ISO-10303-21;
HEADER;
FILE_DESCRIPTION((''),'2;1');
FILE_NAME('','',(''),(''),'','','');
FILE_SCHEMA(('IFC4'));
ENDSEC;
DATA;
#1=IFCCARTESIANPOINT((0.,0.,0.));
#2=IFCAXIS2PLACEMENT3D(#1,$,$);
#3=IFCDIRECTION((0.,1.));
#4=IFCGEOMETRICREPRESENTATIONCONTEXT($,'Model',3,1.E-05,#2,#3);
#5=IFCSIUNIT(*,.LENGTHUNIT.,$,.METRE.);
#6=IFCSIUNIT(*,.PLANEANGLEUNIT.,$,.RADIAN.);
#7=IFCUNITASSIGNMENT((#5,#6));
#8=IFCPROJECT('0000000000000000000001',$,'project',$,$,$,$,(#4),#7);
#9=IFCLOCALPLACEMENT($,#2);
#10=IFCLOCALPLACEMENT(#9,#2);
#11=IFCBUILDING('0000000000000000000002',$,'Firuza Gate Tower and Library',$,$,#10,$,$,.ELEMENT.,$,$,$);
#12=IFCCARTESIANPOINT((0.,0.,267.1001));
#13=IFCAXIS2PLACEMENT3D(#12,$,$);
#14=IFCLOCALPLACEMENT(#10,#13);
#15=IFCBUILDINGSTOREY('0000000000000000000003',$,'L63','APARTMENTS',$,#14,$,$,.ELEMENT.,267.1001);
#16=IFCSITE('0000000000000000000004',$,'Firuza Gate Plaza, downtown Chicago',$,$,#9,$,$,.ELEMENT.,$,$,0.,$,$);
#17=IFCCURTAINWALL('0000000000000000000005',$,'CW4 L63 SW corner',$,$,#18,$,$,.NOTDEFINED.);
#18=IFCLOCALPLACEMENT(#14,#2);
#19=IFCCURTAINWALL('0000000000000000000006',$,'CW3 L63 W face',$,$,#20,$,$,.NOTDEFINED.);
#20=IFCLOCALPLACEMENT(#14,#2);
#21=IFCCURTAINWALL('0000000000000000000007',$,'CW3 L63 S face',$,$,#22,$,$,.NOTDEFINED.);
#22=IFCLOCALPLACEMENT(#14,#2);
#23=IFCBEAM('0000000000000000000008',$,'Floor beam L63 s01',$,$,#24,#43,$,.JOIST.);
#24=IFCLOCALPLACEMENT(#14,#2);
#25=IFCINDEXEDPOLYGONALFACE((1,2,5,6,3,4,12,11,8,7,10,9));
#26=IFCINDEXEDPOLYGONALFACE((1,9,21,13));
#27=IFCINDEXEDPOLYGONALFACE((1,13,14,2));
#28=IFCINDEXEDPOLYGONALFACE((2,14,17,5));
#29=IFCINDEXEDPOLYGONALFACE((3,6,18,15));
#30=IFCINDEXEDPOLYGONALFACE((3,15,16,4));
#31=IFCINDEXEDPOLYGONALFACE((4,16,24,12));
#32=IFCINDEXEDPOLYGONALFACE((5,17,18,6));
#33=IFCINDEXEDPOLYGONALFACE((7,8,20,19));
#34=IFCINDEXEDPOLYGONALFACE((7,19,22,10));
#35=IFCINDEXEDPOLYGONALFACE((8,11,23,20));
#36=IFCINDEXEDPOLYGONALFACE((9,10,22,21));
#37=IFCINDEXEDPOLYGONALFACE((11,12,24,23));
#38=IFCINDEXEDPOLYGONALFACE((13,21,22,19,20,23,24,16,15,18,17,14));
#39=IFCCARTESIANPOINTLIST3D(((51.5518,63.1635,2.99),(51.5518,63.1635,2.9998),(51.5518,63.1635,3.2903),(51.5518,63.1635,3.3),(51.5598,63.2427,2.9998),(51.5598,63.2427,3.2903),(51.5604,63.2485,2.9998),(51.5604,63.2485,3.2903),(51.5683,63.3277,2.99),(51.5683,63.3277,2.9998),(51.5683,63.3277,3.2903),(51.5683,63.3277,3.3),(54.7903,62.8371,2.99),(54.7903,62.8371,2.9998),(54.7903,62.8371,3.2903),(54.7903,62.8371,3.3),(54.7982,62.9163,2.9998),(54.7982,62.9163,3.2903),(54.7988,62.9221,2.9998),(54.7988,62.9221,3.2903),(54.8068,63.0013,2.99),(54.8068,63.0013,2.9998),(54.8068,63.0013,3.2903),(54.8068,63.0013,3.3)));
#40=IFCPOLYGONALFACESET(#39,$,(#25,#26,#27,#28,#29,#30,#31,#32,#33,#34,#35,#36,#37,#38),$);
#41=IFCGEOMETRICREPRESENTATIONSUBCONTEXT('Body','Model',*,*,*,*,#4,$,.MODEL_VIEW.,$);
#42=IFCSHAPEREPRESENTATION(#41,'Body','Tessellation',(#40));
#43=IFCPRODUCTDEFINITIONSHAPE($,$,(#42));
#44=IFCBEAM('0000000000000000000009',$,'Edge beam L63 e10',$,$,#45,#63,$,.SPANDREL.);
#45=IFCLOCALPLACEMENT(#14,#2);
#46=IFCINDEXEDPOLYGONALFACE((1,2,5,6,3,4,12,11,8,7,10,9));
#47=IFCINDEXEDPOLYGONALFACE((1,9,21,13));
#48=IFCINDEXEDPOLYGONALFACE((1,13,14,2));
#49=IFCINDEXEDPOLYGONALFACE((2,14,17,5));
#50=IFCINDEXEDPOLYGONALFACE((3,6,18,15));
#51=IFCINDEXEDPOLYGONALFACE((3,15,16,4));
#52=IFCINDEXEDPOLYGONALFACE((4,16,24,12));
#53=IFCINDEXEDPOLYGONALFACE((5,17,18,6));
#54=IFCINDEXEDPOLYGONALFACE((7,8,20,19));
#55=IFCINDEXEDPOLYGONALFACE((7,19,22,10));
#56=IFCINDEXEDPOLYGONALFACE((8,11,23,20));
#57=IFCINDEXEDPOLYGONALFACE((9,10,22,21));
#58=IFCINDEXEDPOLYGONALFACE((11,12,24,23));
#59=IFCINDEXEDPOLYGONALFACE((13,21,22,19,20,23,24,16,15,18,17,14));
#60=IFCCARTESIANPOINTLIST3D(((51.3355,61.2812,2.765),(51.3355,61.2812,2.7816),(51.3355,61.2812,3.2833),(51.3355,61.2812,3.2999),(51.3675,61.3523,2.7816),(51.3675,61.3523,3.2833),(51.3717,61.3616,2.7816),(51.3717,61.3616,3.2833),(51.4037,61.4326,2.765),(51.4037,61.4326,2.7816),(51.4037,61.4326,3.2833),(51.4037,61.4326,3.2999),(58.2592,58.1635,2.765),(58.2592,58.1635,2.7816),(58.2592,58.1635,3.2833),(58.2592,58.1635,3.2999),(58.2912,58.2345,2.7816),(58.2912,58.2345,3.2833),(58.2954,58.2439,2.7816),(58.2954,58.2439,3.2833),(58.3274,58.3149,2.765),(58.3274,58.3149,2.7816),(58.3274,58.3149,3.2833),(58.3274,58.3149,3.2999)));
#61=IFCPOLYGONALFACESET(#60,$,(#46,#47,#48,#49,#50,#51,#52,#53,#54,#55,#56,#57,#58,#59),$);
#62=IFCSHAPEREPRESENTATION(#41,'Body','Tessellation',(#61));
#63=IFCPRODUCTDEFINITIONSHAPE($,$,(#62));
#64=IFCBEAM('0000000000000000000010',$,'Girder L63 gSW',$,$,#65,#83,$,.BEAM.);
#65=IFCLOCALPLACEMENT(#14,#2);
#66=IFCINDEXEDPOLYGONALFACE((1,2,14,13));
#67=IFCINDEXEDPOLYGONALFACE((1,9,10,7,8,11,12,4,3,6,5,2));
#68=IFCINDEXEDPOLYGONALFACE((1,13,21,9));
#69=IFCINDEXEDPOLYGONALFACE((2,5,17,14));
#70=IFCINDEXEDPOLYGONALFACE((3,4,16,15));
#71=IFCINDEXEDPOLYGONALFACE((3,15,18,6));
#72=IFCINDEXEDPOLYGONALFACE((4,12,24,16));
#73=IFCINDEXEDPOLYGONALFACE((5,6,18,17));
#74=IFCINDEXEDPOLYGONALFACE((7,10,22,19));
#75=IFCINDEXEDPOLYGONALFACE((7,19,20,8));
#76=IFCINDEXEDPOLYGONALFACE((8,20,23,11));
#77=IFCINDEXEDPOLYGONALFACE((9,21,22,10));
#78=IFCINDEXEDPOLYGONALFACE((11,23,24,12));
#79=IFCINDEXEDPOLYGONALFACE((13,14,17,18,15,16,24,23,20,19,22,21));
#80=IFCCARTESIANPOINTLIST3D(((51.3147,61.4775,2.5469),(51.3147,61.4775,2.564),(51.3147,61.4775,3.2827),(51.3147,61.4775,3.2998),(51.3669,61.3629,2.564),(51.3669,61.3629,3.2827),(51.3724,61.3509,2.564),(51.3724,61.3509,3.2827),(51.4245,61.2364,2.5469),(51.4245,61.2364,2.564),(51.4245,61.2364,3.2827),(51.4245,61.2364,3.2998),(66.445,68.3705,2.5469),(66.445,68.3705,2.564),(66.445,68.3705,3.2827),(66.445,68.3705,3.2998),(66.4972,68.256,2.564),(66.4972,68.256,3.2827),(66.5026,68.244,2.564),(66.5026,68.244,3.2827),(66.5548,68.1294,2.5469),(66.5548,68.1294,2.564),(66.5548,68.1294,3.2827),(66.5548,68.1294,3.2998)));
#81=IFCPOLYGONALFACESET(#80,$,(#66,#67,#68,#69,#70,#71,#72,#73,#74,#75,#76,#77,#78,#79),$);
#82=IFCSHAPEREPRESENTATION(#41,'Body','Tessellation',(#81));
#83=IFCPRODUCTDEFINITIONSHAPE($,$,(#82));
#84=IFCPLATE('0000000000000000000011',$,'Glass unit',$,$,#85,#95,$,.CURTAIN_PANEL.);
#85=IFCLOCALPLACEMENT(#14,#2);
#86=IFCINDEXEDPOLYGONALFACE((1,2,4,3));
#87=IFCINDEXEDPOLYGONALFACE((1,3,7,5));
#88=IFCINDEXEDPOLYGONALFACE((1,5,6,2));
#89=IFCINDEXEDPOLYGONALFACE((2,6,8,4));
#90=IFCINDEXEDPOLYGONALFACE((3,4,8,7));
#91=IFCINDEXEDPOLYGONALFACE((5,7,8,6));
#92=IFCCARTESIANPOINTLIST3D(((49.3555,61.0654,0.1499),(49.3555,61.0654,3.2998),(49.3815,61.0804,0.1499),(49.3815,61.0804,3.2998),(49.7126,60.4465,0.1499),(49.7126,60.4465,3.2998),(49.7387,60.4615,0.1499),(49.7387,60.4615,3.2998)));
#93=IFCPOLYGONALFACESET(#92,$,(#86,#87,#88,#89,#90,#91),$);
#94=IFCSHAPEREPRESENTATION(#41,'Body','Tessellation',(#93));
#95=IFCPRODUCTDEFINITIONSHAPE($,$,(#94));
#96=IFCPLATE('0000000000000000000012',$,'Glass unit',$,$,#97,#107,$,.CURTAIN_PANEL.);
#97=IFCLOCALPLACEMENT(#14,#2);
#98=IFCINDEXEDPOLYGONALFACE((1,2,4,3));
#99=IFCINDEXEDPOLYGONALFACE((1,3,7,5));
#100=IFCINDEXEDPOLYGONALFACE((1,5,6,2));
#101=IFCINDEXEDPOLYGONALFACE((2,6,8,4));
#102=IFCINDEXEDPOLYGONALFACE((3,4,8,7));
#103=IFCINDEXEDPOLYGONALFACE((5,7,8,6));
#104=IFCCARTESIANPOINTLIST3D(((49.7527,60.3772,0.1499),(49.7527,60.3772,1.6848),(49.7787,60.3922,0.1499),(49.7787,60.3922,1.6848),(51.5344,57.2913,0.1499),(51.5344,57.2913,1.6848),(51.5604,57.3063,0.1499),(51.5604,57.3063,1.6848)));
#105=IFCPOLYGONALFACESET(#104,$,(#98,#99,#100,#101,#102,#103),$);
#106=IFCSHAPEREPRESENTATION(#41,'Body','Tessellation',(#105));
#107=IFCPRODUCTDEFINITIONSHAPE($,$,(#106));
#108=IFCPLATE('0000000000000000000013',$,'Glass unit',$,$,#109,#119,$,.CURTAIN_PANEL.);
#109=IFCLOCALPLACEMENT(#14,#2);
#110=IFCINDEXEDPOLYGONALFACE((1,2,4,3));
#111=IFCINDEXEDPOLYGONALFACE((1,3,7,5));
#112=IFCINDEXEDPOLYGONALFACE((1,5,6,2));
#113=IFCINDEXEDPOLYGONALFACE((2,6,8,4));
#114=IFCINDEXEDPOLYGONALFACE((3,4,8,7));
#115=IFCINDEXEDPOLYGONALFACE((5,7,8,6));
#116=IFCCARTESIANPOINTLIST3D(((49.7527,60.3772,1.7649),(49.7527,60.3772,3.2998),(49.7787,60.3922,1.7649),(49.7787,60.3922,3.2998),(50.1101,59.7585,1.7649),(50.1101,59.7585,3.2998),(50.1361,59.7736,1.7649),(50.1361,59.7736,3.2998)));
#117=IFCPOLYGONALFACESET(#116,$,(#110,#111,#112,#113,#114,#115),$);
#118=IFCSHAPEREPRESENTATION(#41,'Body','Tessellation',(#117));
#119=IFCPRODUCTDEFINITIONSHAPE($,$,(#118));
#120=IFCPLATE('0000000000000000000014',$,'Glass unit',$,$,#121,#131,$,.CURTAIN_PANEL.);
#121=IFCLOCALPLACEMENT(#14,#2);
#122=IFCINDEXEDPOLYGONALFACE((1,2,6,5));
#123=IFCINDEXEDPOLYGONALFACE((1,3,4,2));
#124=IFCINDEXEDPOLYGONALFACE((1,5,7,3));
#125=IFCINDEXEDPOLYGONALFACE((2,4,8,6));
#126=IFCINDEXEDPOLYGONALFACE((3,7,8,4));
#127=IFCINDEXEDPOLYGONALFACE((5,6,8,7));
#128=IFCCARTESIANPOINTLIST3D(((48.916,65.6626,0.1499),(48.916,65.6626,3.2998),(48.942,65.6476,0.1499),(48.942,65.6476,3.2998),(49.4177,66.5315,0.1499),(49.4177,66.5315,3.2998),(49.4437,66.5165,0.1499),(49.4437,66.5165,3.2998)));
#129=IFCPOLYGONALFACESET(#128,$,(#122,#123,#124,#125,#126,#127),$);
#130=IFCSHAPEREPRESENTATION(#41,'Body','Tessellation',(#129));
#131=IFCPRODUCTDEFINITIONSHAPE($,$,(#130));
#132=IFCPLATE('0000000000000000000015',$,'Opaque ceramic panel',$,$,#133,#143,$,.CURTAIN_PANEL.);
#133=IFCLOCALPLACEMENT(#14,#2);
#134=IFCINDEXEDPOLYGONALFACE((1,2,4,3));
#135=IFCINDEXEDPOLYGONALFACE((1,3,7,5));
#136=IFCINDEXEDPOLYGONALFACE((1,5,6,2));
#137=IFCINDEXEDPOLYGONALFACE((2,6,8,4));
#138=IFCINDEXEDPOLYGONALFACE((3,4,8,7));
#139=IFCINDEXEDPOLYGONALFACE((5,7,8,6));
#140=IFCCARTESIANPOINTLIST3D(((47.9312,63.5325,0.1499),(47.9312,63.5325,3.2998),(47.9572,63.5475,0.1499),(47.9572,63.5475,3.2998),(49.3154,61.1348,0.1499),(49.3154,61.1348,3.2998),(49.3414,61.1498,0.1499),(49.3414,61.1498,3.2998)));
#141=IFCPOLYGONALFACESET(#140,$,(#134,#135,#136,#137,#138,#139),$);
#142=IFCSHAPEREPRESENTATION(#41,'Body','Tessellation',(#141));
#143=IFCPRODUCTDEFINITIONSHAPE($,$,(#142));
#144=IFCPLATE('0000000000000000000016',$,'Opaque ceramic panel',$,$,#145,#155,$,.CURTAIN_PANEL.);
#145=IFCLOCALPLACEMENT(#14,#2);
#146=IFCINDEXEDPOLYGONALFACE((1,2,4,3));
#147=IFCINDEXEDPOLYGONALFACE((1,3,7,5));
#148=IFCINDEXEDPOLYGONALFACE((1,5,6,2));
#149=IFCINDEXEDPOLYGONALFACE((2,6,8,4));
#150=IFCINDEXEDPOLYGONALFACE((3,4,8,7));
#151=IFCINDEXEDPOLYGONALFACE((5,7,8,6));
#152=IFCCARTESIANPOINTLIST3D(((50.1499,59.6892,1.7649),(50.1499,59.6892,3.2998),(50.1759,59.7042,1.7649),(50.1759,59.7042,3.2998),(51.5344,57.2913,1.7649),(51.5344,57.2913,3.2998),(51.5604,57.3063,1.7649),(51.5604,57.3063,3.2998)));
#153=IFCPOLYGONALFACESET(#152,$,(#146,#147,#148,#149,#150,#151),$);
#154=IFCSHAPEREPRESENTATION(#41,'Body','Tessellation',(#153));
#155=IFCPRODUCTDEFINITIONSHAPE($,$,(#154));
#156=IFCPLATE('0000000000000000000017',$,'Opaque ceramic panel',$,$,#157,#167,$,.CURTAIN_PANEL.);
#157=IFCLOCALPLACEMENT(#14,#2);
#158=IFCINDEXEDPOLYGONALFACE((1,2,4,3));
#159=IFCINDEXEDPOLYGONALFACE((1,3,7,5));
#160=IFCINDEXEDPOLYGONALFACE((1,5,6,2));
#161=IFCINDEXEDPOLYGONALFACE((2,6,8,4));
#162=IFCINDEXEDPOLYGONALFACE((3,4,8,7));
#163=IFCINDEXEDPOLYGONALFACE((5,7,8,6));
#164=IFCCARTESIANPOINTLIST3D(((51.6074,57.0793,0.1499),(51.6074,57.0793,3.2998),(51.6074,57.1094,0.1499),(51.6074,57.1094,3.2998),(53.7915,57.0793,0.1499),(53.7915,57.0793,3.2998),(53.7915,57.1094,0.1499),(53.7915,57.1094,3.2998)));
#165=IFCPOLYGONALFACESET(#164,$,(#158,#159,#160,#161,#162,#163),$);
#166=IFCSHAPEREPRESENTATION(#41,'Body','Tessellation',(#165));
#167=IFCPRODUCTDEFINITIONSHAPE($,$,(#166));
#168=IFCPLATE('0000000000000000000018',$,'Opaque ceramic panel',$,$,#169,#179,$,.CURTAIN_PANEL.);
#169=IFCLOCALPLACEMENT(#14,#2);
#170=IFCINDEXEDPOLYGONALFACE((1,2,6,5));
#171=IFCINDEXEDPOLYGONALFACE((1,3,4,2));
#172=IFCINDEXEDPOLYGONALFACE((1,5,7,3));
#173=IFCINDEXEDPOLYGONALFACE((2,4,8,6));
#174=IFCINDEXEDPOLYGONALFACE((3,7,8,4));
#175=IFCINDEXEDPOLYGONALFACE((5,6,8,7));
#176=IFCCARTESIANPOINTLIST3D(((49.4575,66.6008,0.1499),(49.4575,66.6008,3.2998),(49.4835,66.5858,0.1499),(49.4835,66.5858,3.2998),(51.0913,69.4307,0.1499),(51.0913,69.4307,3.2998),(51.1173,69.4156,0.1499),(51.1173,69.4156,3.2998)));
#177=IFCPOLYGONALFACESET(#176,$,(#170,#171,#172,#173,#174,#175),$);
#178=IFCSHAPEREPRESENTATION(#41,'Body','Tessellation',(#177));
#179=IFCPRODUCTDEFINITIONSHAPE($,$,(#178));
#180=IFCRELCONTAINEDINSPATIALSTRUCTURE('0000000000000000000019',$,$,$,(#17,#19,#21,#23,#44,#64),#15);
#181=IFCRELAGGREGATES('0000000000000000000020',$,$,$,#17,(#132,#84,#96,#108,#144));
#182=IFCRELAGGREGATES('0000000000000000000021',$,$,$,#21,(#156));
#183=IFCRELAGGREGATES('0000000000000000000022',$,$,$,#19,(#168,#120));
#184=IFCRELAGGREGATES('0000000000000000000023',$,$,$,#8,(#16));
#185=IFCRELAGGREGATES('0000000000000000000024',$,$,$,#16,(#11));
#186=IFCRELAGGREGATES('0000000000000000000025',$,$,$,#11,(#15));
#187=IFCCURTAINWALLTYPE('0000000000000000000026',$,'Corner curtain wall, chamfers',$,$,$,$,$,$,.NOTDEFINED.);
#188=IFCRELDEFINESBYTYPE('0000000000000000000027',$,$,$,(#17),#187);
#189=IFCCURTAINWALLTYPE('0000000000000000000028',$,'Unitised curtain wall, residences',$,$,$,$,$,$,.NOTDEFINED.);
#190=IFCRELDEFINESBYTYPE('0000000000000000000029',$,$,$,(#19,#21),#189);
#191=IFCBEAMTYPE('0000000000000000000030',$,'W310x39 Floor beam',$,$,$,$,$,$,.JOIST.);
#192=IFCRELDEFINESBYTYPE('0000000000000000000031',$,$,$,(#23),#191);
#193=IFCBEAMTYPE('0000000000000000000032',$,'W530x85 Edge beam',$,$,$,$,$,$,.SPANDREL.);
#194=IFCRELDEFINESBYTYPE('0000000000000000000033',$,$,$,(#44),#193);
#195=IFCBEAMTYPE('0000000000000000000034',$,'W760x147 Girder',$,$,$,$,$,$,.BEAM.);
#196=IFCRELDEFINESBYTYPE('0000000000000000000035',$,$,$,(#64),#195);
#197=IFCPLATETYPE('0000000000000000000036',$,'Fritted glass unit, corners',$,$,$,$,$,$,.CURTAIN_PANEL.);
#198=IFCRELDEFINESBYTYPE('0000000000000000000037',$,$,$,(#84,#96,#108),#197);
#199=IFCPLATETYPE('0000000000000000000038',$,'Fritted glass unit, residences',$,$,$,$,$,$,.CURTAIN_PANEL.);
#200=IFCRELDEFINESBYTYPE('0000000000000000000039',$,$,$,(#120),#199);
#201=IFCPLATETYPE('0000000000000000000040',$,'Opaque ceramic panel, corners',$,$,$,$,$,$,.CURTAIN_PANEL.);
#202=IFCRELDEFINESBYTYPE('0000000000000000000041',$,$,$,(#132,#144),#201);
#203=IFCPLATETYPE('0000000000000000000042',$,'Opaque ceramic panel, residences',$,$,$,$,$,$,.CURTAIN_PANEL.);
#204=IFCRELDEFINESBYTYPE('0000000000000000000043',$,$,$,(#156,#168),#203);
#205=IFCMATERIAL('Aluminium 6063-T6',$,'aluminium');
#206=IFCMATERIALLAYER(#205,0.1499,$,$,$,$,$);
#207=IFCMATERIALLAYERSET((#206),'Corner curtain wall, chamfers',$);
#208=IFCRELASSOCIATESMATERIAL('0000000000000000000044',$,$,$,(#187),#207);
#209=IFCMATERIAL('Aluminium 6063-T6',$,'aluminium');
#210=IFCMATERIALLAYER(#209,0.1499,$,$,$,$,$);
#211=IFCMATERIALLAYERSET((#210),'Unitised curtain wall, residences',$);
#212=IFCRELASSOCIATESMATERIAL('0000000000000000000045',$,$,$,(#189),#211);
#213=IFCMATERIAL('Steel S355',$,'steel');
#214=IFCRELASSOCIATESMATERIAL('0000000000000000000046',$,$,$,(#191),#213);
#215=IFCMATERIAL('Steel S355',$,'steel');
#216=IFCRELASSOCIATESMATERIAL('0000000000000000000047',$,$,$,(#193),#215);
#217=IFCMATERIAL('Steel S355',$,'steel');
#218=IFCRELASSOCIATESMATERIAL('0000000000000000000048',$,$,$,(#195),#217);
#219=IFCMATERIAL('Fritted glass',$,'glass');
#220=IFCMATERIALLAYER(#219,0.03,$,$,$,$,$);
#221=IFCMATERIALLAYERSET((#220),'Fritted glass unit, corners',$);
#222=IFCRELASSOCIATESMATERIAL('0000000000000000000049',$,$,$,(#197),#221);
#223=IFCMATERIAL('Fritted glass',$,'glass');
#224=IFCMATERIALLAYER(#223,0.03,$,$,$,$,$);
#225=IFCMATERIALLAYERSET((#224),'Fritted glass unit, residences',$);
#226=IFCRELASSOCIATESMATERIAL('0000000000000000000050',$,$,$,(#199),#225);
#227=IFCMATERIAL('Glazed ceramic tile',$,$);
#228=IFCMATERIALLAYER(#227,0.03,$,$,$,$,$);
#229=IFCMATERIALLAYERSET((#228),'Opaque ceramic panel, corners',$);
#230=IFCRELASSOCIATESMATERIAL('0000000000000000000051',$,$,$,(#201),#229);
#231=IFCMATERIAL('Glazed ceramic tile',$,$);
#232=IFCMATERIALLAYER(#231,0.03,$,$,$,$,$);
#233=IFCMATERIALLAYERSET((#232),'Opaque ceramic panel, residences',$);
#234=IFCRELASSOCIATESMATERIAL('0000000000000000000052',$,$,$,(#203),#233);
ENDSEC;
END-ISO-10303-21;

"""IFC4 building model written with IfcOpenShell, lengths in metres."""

from ifc_helpers import new_model, si_unit, direction, frame, origin, origin_2d, place, context, subcontext, project, spatial, polyline, i_section, outline, extrude, material, layer, layer_set, material_profile, profile_set, type_object, element, aggregate, save


model = new_model("IFC4")

# Units and contexts
model_context = context("Model", 3, precision=1e-05, world=origin(), true_north=direction((0.0, 1.0)))
body_context = subcontext(model_context, "Body", "Model", "MODEL_VIEW")
ifc_project = project(units=[si_unit("LENGTHUNIT", "METRE"), si_unit("PLANEANGLEUNIT", "RADIAN")], contexts=[model_context])

# Site, building, storey
site_placement = place(None, origin())
site = spatial("IfcSite", under=ifc_project, at=site_placement, Name="Firuza Gate Plaza, downtown Chicago", CompositionType="ELEMENT", RefElevation=0.0)
building_placement = place(site_placement, origin())
building = spatial("IfcBuilding", under=site, at=building_placement, Name="Firuza Gate Tower and Library", CompositionType="ELEMENT")
storey_placement = place(building_placement, frame((0.0, 0.0, 267.1001)))
storey = spatial("IfcBuildingStorey", under=building, at=storey_placement, Name="L63", Description="APARTMENTS", CompositionType="ELEMENT", Elevation=267.1001)

# Curtain walls
ifc_material_1 = material(Name="Aluminium 6063-T6", Category="aluminium")
ifc_layer_1 = layer(ifc_material_1, 0.1499)
ifc_layer_set_1 = layer_set([ifc_layer_1], Name="Corner curtain wall, chamfers")
curtain_wall_type_1 = type_object("IfcCurtainWallType", Name="Corner curtain wall, chamfers", PredefinedType="NOTDEFINED", material=ifc_layer_set_1)
placement_1 = place(storey_placement, origin())
curtain_wall_1 = element("IfcCurtainWall", 1, at=placement_1, inside=storey, type_object=curtain_wall_type_1, Name="CW4 L63 SW corner", PredefinedType="NOTDEFINED")
ifc_material_2 = material(Name="Aluminium 6063-T6", Category="aluminium")
ifc_layer_2 = layer(ifc_material_2, 0.1499)
ifc_layer_set_2 = layer_set([ifc_layer_2], Name="Unitised curtain wall, residences")
curtain_wall_type_2 = type_object("IfcCurtainWallType", Name="Unitised curtain wall, residences", PredefinedType="NOTDEFINED", material=ifc_layer_set_2)
curtain_wall_2 = element("IfcCurtainWall", 2, at=placement_1, inside=storey, type_object=curtain_wall_type_2, Name="CW3 L63 W face", PredefinedType="NOTDEFINED")

# Curtain wall
curtain_wall_3 = element("IfcCurtainWall", 3, at=placement_1, inside=storey, type_object=curtain_wall_type_2, Name="CW3 L63 S face", PredefinedType="NOTDEFINED")

# Beams
ifc_material_3 = material(Name="Steel S355", Category="steel")
ifc_material_profile_1 = material_profile(ifc_material_3, i_section(OverallWidth=0.165, OverallDepth=0.3101, WebThickness=0.0059, FlangeThickness=0.0098, at=origin_2d()))
ifc_profile_set_1 = profile_set([ifc_material_profile_1], Name="Steel S355")
beam_type_1 = type_object("IfcBeamType", Name="W310x39 Floor beam", PredefinedType="JOIST", material=ifc_profile_set_1)
beam_1_placement = place(storey_placement, frame((51.5601, 63.2456, 3.145), z_axis=(0.994959, -0.100283, 0.0), x_axis=(0.100283, 0.994959, 0.0)))
element("IfcBeam", 4, at=beam_1_placement, inside=storey, type_object=beam_type_1, Name="Floor beam L63 s01", PredefinedType="JOIST", context=body_context, shape_type="SweptSolid", body=[
    extrude(i_section(OverallWidth=0.165, OverallDepth=0.3101, WebThickness=0.0059, FlangeThickness=0.0098, at=origin_2d()), origin(), (0.0, 0.0, 1.0), 3.2549),
])
ifc_material_4 = material(Name="Steel S355", Category="steel")
ifc_material_profile_2 = material_profile(ifc_material_4, i_section(OverallWidth=0.166, OverallDepth=0.5349, WebThickness=0.0103, FlangeThickness=0.0166, at=origin_2d()))
ifc_profile_set_2 = profile_set([ifc_material_profile_2], Name="Steel S355")
beam_type_2 = type_object("IfcBeamType", Name="W530x85 Edge beam", PredefinedType="SPANDREL", material=ifc_profile_set_2)
beam_2_placement = place(storey_placement, frame((51.3696, 61.3569, 3.0325), z_axis=(0.91182, -0.410591, 0.0), x_axis=(0.410591, 0.91182, 0.0)))
element("IfcBeam", 5, at=beam_2_placement, inside=storey, type_object=beam_type_2, Name="Edge beam L63 e10", PredefinedType="SPANDREL", context=body_context, shape_type="SweptSolid", body=[
    extrude(i_section(OverallWidth=0.166, OverallDepth=0.5349, WebThickness=0.0103, FlangeThickness=0.0166, at=origin_2d()), origin(), (0.0, 0.0, 1.0), 7.5933),
])
ifc_material_5 = material(Name="Steel S355", Category="steel")
ifc_material_profile_3 = material_profile(ifc_material_5, i_section(OverallWidth=0.2649, OverallDepth=0.7529, WebThickness=0.0132, FlangeThickness=0.0171, at=origin_2d()))
ifc_profile_set_3 = profile_set([ifc_material_profile_3], Name="Steel S355")
beam_type_3 = type_object("IfcBeamType", Name="W760x147 Girder", PredefinedType="BEAM", material=ifc_profile_set_3)
beam_3_placement = place(storey_placement, frame((51.3696, 61.3569, 2.9233), z_axis=(0.910012, 0.414582, 0.0), x_axis=(-0.414582, 0.910012, 0.0)))
element("IfcBeam", 6, at=beam_3_placement, inside=storey, type_object=beam_type_3, Name="Girder L63 gSW", PredefinedType="BEAM", context=body_context, shape_type="SweptSolid", body=[
    extrude(i_section(OverallWidth=0.2649, OverallDepth=0.7529, WebThickness=0.0132, FlangeThickness=0.0171, at=origin_2d()), origin(), (0.0, 0.0, 1.0), 16.6265),
])

# Plates
ifc_material_6 = material(Name="Fritted glass", Category="glass")
ifc_layer_3 = layer(ifc_material_6, 0.03)
ifc_layer_set_3 = layer_set([ifc_layer_3], Name="Fritted glass unit, corners")
plate_type_1 = type_object("IfcPlateType", Name="Fritted glass unit, corners", PredefinedType="CURTAIN_PANEL", material=ifc_layer_set_3)
plate_1_placement = place(storey_placement, frame((49.3555, 61.0654, 0.1499), z_axis=(-0.866112, -0.499851, 0.0), x_axis=(0.499851, -0.866112, 0.0)))
plate_1 = element("IfcPlate", 7, at=plate_1_placement, type_object=plate_type_1, Name="Glass unit", PredefinedType="CURTAIN_PANEL", context=body_context, shape_type="SweptSolid", body=[
    extrude(outline(polyline([(0.0, 0.0), (0.7146, 0.0), (0.7146, 3.1499), (0.0, 3.1499), (0.0, 0.0)])), origin(), (0.0, 0.0, -1.0), 0.03),
])
plate_2_placement = place(storey_placement, frame((49.7527, 60.3772, 0.1499), z_axis=(-0.866017, -0.500015, 0.0), x_axis=(0.500015, -0.866017, 0.0)))
plate_2 = element("IfcPlate", 8, at=plate_2_placement, type_object=plate_type_1, Name="Glass unit", PredefinedType="CURTAIN_PANEL", context=body_context, shape_type="SweptSolid", body=[
    extrude(outline(polyline([(0.0, 0.0), (3.5634, 0.0), (3.5634, 1.5349), (0.0, 1.5349), (0.0, 0.0)])), origin(), (0.0, 0.0, -1.0), 0.03),
])
plate_3_placement = place(storey_placement, frame((49.7527, 60.3772, 1.7649), z_axis=(-0.865878, -0.500255, 0.0), x_axis=(0.500255, -0.865878, 0.0)))
plate_3 = element("IfcPlate", 9, at=plate_3_placement, type_object=plate_type_1, Name="Glass unit", PredefinedType="CURTAIN_PANEL", context=body_context, shape_type="SweptSolid", body=[
    extrude(outline(polyline([(0.0, 0.0), (0.7145, 0.0), (0.7145, 1.5349), (0.0, 1.5349), (0.0, 0.0)])), origin(), (0.0, 0.0, -1.0), 0.03),
])
ifc_material_7 = material(Name="Fritted glass", Category="glass")
ifc_layer_4 = layer(ifc_material_7, 0.03)
ifc_layer_set_4 = layer_set([ifc_layer_4], Name="Fritted glass unit, residences")
plate_type_2 = type_object("IfcPlateType", Name="Fritted glass unit, residences", PredefinedType="CURTAIN_PANEL", material=ifc_layer_set_4)
plate_4_placement = place(storey_placement, frame((49.4177, 66.5315, 0.1499), z_axis=(-0.866003, 0.500038, 0.0), x_axis=(-0.500038, -0.866003, 0.0)))
plate_4 = element("IfcPlate", 10, at=plate_4_placement, type_object=plate_type_2, Name="Glass unit", PredefinedType="CURTAIN_PANEL", context=body_context, shape_type="SweptSolid", body=[
    extrude(outline(polyline([(0.0, 0.0), (1.0033, 0.0), (1.0033, 3.1499), (0.0, 3.1499), (0.0, 0.0)])), origin(), (0.0, 0.0, -1.0), 0.03),
])
ifc_material_8 = material(Name="Glazed ceramic tile")
ifc_layer_5 = layer(ifc_material_8, 0.03)
ifc_layer_set_5 = layer_set([ifc_layer_5], Name="Opaque ceramic panel, corners")
plate_type_3 = type_object("IfcPlateType", Name="Opaque ceramic panel, corners", PredefinedType="CURTAIN_PANEL", material=ifc_layer_set_5)
plate_5_placement = place(storey_placement, frame((47.9312, 63.5325, 0.1499), z_axis=(-0.866031, -0.49999, 0.0), x_axis=(0.49999, -0.866031, 0.0)))
plate_5 = element("IfcPlate", 11, at=plate_5_placement, type_object=plate_type_3, Name="Opaque ceramic panel", PredefinedType="CURTAIN_PANEL", context=body_context, shape_type="SweptSolid", body=[
    extrude(outline(polyline([(0.0, 0.0), (2.7686, 0.0), (2.7686, 3.1499), (0.0, 3.1499), (0.0, 0.0)])), origin(), (0.0, 0.0, -1.0), 0.03),
])
plate_6_placement = place(storey_placement, frame((50.1499, 59.6892, 1.7649), z_axis=(-0.866015, -0.500018, 0.0), x_axis=(0.500018, -0.866015, 0.0)))
plate_6 = element("IfcPlate", 12, at=plate_6_placement, type_object=plate_type_3, Name="Opaque ceramic panel", PredefinedType="CURTAIN_PANEL", context=body_context, shape_type="SweptSolid", body=[
    extrude(outline(polyline([(0.0, 0.0), (2.7689, 0.0), (2.7689, 1.5349), (0.0, 1.5349), (0.0, 0.0)])), origin(), (0.0, 0.0, -1.0), 0.03),
])
aggregate(curtain_wall_1, [plate_5, plate_1, plate_2, plate_3, plate_6])
ifc_material_9 = material(Name="Glazed ceramic tile")
ifc_layer_6 = layer(ifc_material_9, 0.03)
ifc_layer_set_6 = layer_set([ifc_layer_6], Name="Opaque ceramic panel, residences")
plate_type_4 = type_object("IfcPlateType", Name="Opaque ceramic panel, residences", PredefinedType="CURTAIN_PANEL", material=ifc_layer_set_6)
plate_7_placement = place(storey_placement, frame((51.6074, 57.0793, 0.1499), z_axis=(0.0, -1.0, 0.0), x_axis=(1.0, 0.0, 0.0)))
plate_7 = element("IfcPlate", 13, at=plate_7_placement, type_object=plate_type_4, Name="Opaque ceramic panel", PredefinedType="CURTAIN_PANEL", context=body_context, shape_type="SweptSolid", body=[
    extrude(outline(polyline([(0.0, 0.0), (2.1841, 0.0), (2.1841, 3.1499), (0.0, 3.1499), (0.0, 0.0)])), origin(), (0.0, 0.0, -1.0), 0.03),
])
aggregate(curtain_wall_3, [plate_7])
plate_8_placement = place(storey_placement, frame((51.0913, 69.4307, 0.1499), z_axis=(-0.866028, 0.499996, 0.0), x_axis=(-0.499996, -0.866028, 0.0)))
plate_8 = element("IfcPlate", 14, at=plate_8_placement, type_object=plate_type_4, Name="Opaque ceramic panel", PredefinedType="CURTAIN_PANEL", context=body_context, shape_type="SweptSolid", body=[
    extrude(outline(polyline([(0.0, 0.0), (3.2676, 0.0), (3.2676, 3.1499), (0.0, 3.1499), (0.0, 0.0)])), origin(), (0.0, 0.0, -1.0), 0.03),
])
aggregate(curtain_wall_2, [plate_8, plate_4])

save(model, "model.ifc")
